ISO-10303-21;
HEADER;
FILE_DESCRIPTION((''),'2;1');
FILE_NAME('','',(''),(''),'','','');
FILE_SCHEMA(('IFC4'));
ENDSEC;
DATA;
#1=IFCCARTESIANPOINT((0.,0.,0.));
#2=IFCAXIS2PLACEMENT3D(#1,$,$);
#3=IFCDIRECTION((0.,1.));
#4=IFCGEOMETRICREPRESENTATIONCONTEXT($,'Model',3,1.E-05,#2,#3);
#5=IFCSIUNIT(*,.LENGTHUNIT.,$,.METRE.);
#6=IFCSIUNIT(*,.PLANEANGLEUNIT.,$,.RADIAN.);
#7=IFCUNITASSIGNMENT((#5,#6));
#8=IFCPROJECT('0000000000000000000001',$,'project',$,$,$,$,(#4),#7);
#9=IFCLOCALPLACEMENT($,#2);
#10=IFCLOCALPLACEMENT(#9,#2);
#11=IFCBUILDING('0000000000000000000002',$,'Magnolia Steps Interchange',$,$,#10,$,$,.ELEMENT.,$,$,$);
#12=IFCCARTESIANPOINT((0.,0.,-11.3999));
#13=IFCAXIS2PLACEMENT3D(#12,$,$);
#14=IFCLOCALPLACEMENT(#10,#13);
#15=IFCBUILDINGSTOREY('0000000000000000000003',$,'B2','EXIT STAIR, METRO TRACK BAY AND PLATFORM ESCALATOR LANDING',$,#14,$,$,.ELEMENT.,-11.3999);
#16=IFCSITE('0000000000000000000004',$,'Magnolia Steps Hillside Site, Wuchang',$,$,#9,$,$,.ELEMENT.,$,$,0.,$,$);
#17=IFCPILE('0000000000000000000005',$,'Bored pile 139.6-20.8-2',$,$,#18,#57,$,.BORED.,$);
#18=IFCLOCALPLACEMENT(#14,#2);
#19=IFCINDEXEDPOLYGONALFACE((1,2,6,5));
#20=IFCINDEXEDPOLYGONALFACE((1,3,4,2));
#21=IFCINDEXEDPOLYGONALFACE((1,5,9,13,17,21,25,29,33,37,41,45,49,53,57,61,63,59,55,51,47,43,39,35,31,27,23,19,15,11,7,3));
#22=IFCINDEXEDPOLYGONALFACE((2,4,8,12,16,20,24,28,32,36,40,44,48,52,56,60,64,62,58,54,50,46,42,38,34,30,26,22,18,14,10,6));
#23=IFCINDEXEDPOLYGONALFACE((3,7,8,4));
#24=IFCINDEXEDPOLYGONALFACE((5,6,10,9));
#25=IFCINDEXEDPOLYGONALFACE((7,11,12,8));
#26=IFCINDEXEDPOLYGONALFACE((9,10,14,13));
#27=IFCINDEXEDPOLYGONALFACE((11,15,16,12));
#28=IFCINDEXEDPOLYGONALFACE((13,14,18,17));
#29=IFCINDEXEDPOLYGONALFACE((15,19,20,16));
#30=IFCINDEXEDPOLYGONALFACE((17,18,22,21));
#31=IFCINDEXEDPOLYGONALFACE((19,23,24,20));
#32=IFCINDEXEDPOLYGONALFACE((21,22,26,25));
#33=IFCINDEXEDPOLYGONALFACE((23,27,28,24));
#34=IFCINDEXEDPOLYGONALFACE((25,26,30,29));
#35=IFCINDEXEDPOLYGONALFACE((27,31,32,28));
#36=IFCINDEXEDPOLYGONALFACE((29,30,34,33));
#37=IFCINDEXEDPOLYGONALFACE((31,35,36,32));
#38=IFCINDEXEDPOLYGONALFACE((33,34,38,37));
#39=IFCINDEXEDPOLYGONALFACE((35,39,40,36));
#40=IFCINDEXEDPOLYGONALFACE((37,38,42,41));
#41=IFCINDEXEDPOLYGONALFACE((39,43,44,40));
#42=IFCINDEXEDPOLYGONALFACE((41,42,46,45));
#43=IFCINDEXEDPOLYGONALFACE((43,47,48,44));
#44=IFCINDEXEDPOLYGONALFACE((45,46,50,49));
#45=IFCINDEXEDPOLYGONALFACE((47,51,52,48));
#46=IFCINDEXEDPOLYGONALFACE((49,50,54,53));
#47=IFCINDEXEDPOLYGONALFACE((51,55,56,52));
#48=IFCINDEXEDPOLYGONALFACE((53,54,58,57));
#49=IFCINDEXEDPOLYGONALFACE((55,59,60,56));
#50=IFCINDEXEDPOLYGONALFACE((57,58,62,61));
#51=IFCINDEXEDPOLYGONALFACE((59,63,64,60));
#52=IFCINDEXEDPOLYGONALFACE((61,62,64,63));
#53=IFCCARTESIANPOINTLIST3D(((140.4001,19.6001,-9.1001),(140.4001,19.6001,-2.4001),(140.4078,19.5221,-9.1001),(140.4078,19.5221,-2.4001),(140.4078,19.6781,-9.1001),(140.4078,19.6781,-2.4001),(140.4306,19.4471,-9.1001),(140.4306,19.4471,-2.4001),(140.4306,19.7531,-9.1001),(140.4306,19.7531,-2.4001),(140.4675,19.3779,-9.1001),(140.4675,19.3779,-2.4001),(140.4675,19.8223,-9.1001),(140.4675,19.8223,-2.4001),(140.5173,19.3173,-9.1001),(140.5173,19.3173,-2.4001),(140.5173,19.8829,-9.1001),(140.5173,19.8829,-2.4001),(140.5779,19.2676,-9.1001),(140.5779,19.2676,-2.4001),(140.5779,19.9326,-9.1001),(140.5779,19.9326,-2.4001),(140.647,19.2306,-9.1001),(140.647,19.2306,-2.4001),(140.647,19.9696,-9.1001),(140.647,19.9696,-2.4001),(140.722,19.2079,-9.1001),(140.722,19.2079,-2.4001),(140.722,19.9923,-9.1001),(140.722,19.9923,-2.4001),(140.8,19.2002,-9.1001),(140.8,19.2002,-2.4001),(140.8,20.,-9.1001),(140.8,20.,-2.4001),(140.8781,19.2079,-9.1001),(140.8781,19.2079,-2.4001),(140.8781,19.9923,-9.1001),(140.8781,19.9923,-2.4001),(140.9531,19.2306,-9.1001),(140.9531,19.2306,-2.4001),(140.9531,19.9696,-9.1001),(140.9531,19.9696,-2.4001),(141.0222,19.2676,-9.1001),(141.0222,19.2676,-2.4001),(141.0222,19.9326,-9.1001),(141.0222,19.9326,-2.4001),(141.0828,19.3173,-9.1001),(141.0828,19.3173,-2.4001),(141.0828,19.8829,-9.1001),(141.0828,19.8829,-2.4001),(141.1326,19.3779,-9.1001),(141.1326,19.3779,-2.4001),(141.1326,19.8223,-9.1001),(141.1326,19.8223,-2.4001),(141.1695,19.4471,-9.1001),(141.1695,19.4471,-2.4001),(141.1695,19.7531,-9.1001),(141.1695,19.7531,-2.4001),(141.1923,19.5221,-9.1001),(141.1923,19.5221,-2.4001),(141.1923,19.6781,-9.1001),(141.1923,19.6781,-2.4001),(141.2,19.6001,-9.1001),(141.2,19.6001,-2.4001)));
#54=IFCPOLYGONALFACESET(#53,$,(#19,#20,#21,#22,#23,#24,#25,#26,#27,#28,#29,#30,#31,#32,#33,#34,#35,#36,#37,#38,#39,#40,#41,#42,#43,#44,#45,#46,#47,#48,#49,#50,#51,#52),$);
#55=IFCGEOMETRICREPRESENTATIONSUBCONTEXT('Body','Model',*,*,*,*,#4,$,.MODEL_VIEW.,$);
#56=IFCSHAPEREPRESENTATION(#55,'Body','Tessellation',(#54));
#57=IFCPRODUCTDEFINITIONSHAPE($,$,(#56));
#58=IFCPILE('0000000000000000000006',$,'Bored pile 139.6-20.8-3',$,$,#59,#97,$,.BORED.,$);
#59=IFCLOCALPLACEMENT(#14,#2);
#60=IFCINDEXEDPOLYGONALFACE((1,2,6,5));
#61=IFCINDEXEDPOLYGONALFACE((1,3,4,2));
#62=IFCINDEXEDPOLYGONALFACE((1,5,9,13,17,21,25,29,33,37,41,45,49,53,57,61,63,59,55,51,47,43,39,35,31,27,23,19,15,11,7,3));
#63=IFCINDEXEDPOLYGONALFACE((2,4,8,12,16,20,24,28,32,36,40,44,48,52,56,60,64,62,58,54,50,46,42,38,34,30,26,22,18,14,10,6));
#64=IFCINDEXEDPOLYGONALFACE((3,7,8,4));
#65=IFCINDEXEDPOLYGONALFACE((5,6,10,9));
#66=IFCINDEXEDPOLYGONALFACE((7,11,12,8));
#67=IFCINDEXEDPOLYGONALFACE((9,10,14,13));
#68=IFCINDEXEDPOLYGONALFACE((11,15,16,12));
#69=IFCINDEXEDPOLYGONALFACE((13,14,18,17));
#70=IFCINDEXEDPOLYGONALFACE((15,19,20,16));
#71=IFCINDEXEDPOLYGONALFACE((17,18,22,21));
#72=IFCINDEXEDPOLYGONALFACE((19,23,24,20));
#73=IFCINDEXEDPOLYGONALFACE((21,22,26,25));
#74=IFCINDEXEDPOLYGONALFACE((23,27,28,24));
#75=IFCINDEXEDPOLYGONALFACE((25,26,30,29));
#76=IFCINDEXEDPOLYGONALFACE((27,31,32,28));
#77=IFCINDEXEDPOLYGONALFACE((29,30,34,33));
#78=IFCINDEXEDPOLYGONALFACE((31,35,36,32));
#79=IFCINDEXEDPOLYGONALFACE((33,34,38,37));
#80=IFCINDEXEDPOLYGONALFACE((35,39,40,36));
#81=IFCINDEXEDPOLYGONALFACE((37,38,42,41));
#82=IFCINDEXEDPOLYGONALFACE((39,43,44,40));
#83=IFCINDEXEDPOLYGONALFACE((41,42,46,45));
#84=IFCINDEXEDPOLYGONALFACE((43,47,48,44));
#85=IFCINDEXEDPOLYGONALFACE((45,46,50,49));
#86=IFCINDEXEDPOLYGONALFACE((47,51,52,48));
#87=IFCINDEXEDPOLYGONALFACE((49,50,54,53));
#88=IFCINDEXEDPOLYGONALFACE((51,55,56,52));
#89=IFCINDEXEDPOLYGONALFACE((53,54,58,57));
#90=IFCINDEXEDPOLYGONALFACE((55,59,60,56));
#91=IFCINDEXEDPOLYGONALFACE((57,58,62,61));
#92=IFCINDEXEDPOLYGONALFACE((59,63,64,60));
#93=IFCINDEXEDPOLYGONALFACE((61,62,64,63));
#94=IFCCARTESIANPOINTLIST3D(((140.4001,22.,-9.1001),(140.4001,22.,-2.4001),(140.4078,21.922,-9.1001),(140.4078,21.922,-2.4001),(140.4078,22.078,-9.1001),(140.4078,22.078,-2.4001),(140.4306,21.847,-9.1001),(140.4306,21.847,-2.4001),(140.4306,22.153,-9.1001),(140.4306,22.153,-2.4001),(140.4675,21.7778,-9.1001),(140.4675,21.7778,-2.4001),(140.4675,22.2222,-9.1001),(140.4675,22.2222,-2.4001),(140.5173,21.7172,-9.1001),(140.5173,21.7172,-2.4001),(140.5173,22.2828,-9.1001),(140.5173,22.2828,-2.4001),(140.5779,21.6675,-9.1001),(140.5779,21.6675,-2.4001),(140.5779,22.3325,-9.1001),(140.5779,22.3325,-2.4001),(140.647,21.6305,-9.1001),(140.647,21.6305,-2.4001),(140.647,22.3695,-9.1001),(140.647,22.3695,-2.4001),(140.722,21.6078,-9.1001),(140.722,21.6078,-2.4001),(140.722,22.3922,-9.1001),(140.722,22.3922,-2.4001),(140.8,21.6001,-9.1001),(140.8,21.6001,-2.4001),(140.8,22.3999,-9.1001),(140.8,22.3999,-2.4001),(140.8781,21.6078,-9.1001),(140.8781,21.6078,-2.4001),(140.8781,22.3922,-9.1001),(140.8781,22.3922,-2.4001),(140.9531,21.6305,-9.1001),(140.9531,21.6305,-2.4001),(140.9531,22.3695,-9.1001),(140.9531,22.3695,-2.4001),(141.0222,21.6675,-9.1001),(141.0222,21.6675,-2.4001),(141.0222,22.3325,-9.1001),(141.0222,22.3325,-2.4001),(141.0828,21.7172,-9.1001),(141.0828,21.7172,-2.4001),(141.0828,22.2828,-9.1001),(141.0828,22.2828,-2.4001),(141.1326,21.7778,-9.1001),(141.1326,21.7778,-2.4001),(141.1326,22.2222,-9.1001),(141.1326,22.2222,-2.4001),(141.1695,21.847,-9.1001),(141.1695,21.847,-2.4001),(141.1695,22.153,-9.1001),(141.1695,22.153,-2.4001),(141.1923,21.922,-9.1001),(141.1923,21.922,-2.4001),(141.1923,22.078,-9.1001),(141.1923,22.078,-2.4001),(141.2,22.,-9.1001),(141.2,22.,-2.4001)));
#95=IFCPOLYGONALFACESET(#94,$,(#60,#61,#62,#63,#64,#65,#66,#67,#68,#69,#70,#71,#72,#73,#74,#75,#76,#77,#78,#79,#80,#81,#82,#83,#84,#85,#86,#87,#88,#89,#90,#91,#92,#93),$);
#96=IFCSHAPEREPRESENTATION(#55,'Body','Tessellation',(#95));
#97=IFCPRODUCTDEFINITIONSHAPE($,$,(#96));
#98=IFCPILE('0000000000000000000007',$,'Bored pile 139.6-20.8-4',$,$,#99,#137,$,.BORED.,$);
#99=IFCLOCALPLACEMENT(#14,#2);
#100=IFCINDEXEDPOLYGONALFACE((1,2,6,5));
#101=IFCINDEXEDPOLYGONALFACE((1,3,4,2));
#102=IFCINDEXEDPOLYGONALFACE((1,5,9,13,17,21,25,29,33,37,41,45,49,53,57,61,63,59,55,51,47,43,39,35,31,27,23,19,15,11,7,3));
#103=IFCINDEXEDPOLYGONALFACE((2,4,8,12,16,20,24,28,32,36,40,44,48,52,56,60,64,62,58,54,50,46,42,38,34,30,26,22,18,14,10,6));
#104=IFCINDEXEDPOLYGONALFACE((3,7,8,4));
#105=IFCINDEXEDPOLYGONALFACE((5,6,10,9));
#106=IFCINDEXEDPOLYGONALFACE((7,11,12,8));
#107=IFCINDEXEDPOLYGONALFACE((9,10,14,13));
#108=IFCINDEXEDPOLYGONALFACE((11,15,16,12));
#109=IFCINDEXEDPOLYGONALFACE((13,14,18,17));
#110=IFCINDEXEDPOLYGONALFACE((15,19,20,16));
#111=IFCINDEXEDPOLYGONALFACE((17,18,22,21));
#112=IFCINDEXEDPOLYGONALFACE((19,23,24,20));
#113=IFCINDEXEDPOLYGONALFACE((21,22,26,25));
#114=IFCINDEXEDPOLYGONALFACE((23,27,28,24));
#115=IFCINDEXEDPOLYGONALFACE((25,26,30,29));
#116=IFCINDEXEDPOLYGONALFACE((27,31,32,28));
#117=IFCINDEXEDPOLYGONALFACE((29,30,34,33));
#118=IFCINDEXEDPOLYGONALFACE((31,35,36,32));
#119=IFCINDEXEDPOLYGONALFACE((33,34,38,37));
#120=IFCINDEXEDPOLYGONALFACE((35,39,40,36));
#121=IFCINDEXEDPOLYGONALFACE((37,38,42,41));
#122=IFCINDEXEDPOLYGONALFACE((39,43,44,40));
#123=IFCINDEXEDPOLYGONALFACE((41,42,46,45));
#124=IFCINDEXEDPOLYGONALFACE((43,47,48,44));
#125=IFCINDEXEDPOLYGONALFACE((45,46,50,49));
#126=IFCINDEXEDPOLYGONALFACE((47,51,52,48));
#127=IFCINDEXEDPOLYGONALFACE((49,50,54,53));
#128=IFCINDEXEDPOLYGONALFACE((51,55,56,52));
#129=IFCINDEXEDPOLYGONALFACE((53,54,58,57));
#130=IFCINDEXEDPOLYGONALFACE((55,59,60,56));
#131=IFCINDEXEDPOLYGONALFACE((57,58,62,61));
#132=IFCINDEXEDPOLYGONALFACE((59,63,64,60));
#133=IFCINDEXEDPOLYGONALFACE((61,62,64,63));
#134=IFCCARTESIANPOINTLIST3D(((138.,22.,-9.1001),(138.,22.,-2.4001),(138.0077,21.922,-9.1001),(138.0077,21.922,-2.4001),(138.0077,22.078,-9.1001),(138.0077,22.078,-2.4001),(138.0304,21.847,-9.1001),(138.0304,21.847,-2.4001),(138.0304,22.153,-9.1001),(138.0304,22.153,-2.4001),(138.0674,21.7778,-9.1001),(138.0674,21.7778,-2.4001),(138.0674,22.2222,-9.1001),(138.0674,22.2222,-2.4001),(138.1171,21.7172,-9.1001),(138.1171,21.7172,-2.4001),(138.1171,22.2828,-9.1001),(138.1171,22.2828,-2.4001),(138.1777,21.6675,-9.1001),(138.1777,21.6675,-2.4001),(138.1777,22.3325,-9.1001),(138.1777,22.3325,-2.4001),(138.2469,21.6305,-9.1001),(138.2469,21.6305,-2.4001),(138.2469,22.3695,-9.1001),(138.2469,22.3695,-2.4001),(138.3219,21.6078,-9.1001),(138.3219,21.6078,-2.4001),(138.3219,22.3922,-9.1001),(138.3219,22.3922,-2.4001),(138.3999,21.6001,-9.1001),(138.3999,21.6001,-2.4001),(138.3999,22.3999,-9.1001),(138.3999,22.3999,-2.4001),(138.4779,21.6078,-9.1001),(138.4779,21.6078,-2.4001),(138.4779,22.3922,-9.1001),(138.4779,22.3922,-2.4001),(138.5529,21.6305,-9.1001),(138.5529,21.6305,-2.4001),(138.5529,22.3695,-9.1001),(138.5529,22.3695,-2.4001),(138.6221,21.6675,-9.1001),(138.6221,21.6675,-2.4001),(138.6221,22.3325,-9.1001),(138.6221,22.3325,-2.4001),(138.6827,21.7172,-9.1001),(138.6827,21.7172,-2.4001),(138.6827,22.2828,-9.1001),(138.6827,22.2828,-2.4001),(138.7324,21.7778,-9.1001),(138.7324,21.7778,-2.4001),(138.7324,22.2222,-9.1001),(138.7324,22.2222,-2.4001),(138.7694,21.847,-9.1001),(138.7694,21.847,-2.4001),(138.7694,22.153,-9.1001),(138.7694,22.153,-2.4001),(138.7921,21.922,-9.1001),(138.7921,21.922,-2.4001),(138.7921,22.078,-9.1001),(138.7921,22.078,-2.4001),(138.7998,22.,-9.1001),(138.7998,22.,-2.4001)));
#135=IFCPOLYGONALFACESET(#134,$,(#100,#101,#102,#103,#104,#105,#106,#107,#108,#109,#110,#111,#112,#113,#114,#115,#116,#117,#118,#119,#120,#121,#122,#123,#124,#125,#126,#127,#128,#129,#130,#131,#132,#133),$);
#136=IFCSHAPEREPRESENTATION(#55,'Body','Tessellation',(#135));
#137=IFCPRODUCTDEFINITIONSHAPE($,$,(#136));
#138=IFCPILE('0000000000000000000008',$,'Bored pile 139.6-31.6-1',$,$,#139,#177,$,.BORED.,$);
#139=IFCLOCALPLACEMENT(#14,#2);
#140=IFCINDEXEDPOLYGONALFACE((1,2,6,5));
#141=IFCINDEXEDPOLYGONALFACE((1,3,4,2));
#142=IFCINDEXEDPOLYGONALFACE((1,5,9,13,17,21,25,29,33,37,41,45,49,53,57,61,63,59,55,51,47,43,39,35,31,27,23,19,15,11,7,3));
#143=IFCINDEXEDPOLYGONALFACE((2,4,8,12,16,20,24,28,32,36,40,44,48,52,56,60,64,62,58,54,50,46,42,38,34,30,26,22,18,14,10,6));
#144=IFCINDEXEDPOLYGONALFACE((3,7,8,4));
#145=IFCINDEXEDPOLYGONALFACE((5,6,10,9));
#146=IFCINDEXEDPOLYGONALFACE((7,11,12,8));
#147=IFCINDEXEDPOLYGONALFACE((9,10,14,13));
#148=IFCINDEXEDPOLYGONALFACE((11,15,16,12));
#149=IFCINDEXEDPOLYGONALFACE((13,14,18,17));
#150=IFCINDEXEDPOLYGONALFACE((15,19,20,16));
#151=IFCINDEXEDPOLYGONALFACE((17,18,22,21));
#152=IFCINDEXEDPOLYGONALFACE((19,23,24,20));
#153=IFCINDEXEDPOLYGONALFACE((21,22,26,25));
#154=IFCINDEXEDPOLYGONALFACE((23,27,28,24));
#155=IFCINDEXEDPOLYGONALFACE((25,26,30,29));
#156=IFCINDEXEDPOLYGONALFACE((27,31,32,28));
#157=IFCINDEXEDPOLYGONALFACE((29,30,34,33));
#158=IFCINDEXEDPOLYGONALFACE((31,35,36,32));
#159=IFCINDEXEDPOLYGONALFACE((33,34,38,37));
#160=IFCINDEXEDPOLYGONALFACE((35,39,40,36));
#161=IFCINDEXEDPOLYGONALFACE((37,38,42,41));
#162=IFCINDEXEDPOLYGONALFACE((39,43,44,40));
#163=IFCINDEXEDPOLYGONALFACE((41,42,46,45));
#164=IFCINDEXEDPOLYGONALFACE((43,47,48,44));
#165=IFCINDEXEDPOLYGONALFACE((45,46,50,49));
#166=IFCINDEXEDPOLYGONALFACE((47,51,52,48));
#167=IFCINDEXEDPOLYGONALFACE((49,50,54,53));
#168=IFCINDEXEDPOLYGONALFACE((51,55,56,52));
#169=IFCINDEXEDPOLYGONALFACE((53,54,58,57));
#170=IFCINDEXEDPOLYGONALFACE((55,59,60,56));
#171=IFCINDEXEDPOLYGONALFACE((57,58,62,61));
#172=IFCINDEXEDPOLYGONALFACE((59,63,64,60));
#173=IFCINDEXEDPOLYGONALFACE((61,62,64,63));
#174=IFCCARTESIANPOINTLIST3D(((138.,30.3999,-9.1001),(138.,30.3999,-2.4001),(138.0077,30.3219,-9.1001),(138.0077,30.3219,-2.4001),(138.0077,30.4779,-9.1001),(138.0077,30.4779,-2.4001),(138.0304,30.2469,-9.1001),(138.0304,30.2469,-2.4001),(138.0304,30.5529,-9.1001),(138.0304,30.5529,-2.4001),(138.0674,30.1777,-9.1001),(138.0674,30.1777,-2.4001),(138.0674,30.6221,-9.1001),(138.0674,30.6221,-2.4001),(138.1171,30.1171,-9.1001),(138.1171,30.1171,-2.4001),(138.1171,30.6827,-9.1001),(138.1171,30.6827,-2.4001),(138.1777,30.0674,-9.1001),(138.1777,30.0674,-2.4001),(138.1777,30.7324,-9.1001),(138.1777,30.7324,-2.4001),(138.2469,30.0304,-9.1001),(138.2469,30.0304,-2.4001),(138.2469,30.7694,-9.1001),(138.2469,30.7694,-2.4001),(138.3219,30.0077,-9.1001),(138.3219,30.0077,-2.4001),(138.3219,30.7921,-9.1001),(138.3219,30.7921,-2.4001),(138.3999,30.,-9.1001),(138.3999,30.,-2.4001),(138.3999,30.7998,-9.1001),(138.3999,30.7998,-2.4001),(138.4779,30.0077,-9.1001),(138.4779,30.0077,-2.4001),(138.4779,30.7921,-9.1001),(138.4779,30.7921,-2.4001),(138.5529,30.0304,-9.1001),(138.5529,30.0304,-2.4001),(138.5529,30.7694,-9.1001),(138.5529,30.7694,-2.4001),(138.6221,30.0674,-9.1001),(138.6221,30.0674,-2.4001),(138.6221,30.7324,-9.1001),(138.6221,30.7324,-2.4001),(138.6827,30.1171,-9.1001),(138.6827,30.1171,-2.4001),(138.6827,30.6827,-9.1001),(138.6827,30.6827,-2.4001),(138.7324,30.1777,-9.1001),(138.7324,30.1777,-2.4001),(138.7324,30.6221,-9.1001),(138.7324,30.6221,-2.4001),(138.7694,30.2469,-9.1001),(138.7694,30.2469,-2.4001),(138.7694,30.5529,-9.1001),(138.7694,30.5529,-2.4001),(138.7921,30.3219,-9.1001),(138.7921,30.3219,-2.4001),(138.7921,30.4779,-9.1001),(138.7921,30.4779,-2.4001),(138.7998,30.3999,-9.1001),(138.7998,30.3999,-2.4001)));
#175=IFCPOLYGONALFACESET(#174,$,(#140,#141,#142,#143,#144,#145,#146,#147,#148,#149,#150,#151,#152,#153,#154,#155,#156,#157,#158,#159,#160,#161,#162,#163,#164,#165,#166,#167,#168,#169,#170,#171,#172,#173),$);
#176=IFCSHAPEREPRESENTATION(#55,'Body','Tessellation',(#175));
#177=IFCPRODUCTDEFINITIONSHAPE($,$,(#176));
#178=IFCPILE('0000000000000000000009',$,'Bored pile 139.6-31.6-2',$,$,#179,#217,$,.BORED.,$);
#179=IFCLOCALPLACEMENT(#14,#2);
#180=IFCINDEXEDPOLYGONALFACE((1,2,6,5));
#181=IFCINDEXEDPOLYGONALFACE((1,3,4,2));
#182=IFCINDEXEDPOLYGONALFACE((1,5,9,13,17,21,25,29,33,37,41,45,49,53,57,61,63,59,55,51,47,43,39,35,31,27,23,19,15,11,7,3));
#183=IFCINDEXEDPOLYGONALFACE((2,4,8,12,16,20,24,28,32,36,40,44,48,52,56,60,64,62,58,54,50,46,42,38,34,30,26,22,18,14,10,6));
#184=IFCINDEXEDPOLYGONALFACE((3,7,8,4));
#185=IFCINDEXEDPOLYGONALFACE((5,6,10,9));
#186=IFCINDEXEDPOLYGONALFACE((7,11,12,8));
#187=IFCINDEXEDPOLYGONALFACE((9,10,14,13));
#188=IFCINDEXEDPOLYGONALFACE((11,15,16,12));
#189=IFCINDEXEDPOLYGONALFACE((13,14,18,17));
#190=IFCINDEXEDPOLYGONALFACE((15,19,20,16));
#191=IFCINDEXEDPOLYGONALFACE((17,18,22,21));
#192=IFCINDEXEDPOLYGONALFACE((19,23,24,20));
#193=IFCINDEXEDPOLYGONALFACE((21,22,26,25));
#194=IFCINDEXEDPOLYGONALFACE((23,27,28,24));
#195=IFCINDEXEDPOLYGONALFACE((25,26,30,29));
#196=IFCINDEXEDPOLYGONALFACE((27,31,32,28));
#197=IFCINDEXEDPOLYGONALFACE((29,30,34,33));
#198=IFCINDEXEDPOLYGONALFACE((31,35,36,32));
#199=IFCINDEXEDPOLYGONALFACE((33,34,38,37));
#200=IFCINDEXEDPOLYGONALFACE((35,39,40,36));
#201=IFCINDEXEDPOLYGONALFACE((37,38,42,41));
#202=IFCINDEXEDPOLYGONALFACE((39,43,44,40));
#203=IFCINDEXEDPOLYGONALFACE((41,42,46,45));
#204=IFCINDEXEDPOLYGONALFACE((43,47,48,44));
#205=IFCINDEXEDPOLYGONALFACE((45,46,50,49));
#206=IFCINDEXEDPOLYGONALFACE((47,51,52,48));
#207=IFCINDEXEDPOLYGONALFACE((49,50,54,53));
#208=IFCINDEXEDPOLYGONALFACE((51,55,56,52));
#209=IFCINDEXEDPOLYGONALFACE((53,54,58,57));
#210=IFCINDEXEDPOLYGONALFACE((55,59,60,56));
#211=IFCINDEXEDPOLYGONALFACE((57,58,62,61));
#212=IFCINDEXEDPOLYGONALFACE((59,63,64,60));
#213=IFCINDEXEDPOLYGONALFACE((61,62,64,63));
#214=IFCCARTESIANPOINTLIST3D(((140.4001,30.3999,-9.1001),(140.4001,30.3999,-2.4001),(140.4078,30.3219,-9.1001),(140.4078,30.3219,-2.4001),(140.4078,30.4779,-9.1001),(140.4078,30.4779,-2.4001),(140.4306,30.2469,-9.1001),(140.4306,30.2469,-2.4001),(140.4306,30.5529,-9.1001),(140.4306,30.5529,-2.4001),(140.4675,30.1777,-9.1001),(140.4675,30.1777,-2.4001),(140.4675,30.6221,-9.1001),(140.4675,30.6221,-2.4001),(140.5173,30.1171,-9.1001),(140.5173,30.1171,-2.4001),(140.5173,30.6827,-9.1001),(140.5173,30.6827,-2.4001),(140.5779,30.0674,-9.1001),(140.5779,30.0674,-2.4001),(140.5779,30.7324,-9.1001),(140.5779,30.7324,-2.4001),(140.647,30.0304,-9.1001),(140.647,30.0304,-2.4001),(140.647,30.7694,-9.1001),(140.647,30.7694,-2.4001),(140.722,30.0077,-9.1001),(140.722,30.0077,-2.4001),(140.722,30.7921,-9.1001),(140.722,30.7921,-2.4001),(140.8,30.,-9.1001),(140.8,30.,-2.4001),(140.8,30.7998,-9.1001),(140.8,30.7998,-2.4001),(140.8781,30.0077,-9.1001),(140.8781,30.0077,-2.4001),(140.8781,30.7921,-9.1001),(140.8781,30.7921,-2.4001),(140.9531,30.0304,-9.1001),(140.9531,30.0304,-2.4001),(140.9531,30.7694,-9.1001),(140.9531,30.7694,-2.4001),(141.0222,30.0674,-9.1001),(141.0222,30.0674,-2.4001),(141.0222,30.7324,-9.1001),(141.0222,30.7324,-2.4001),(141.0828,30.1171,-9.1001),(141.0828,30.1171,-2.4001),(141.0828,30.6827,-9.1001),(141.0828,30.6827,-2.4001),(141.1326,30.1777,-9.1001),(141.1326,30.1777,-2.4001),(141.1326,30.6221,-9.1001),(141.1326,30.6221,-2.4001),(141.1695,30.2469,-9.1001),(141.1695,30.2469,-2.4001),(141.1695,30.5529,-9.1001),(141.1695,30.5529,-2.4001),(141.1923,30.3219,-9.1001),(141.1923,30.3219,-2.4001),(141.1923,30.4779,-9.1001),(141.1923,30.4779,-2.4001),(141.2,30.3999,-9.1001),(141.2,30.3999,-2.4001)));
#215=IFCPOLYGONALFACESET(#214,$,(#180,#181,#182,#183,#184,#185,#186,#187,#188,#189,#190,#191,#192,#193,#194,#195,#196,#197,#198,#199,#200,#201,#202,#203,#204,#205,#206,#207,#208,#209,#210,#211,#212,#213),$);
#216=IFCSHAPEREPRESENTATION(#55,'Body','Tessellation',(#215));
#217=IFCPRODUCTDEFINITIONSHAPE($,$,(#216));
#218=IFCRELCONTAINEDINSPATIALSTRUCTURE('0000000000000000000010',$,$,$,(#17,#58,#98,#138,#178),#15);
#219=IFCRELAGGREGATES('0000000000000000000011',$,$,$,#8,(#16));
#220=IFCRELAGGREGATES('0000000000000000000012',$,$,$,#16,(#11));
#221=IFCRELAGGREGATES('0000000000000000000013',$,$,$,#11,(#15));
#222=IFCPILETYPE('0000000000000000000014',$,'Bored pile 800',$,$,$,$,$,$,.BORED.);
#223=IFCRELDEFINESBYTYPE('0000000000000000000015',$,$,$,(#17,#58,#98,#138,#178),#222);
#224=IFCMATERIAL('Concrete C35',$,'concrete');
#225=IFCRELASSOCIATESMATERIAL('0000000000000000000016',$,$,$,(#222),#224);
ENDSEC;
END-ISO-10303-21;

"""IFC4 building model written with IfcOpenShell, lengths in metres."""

from ifc_helpers import new_model, si_unit, direction, frame, origin, origin_2d, place, context, subcontext, project, spatial, circle, extrude, material, material_profile, profile_set, type_object, element, save


model = new_model("IFC4")

# Units and contexts
model_context = context("Model", 3, precision=1e-05, world=origin(), true_north=direction((0.0, 1.0)))
body_context = subcontext(model_context, "Body", "Model", "MODEL_VIEW")
ifc_project = project(units=[si_unit("LENGTHUNIT", "METRE"), si_unit("PLANEANGLEUNIT", "RADIAN")], contexts=[model_context])

# Site, building, storey
site_placement = place(None, origin())
site = spatial("IfcSite", under=ifc_project, at=site_placement, Name="Magnolia Steps Hillside Site, Wuchang", CompositionType="ELEMENT", RefElevation=0.0)
building_placement = place(site_placement, origin())
building = spatial("IfcBuilding", under=site, at=building_placement, Name="Magnolia Steps Interchange", CompositionType="ELEMENT")
storey_placement = place(building_placement, frame((0.0, 0.0, -11.3999)))
storey = spatial("IfcBuildingStorey", under=building, at=storey_placement, Name="B2", Description="EXIT STAIR, METRO TRACK BAY AND PLATFORM ESCALATOR LANDING", CompositionType="ELEMENT", Elevation=-11.3999)

# Piles
ifc_material_1 = material(Name="Concrete C35", Category="concrete")
ifc_material_profile_1 = material_profile(ifc_material_1, circle(Radius=0.3999, at=origin_2d()), Name="Bored pile 800")
ifc_profile_set_1 = profile_set([ifc_material_profile_1], Name="Concrete C35")
pile_type = type_object("IfcPileType", Name="Bored pile 800", PredefinedType="BORED", material=ifc_profile_set_1)
for number, where, z_axis, x_axis, name in (
    (1, (140.8, 19.6001, -2.4001), (0.0, 0.0, -1.0), (1.0, 0.0, 0.0), "Bored pile 139.6-20.8-2"),
    (2, (140.8, 22.0, -2.4001), (0.0, 0.0, -1.0), (1.0, 0.0, 0.0), "Bored pile 139.6-20.8-3"),
    (3, (138.3999, 22.0, -2.4001), (0.0, 0.0, -1.0), (1.0, 0.0, 0.0), "Bored pile 139.6-20.8-4"),
    (4, (138.3999, 30.3999, -2.4001), (0.0, 0.0, -1.0), (1.0, 0.0, 0.0), "Bored pile 139.6-31.6-1"),
    (5, (140.8, 30.3999, -2.4001), (0.0, 0.0, -1.0), (1.0, 0.0, 0.0), "Bored pile 139.6-31.6-2"),
):
    element("IfcPile", number, at=place(storey_placement, frame(where, z_axis=z_axis, x_axis=x_axis)), inside=storey, type_object=pile_type, Name=name, PredefinedType="BORED", context=body_context, shape_type="SweptSolid", body=[
        extrude(circle(Radius=0.3999, at=origin_2d()), origin(), (0.0, 0.0, 1.0), 6.7),
    ])

save(model, "model.ifc")
